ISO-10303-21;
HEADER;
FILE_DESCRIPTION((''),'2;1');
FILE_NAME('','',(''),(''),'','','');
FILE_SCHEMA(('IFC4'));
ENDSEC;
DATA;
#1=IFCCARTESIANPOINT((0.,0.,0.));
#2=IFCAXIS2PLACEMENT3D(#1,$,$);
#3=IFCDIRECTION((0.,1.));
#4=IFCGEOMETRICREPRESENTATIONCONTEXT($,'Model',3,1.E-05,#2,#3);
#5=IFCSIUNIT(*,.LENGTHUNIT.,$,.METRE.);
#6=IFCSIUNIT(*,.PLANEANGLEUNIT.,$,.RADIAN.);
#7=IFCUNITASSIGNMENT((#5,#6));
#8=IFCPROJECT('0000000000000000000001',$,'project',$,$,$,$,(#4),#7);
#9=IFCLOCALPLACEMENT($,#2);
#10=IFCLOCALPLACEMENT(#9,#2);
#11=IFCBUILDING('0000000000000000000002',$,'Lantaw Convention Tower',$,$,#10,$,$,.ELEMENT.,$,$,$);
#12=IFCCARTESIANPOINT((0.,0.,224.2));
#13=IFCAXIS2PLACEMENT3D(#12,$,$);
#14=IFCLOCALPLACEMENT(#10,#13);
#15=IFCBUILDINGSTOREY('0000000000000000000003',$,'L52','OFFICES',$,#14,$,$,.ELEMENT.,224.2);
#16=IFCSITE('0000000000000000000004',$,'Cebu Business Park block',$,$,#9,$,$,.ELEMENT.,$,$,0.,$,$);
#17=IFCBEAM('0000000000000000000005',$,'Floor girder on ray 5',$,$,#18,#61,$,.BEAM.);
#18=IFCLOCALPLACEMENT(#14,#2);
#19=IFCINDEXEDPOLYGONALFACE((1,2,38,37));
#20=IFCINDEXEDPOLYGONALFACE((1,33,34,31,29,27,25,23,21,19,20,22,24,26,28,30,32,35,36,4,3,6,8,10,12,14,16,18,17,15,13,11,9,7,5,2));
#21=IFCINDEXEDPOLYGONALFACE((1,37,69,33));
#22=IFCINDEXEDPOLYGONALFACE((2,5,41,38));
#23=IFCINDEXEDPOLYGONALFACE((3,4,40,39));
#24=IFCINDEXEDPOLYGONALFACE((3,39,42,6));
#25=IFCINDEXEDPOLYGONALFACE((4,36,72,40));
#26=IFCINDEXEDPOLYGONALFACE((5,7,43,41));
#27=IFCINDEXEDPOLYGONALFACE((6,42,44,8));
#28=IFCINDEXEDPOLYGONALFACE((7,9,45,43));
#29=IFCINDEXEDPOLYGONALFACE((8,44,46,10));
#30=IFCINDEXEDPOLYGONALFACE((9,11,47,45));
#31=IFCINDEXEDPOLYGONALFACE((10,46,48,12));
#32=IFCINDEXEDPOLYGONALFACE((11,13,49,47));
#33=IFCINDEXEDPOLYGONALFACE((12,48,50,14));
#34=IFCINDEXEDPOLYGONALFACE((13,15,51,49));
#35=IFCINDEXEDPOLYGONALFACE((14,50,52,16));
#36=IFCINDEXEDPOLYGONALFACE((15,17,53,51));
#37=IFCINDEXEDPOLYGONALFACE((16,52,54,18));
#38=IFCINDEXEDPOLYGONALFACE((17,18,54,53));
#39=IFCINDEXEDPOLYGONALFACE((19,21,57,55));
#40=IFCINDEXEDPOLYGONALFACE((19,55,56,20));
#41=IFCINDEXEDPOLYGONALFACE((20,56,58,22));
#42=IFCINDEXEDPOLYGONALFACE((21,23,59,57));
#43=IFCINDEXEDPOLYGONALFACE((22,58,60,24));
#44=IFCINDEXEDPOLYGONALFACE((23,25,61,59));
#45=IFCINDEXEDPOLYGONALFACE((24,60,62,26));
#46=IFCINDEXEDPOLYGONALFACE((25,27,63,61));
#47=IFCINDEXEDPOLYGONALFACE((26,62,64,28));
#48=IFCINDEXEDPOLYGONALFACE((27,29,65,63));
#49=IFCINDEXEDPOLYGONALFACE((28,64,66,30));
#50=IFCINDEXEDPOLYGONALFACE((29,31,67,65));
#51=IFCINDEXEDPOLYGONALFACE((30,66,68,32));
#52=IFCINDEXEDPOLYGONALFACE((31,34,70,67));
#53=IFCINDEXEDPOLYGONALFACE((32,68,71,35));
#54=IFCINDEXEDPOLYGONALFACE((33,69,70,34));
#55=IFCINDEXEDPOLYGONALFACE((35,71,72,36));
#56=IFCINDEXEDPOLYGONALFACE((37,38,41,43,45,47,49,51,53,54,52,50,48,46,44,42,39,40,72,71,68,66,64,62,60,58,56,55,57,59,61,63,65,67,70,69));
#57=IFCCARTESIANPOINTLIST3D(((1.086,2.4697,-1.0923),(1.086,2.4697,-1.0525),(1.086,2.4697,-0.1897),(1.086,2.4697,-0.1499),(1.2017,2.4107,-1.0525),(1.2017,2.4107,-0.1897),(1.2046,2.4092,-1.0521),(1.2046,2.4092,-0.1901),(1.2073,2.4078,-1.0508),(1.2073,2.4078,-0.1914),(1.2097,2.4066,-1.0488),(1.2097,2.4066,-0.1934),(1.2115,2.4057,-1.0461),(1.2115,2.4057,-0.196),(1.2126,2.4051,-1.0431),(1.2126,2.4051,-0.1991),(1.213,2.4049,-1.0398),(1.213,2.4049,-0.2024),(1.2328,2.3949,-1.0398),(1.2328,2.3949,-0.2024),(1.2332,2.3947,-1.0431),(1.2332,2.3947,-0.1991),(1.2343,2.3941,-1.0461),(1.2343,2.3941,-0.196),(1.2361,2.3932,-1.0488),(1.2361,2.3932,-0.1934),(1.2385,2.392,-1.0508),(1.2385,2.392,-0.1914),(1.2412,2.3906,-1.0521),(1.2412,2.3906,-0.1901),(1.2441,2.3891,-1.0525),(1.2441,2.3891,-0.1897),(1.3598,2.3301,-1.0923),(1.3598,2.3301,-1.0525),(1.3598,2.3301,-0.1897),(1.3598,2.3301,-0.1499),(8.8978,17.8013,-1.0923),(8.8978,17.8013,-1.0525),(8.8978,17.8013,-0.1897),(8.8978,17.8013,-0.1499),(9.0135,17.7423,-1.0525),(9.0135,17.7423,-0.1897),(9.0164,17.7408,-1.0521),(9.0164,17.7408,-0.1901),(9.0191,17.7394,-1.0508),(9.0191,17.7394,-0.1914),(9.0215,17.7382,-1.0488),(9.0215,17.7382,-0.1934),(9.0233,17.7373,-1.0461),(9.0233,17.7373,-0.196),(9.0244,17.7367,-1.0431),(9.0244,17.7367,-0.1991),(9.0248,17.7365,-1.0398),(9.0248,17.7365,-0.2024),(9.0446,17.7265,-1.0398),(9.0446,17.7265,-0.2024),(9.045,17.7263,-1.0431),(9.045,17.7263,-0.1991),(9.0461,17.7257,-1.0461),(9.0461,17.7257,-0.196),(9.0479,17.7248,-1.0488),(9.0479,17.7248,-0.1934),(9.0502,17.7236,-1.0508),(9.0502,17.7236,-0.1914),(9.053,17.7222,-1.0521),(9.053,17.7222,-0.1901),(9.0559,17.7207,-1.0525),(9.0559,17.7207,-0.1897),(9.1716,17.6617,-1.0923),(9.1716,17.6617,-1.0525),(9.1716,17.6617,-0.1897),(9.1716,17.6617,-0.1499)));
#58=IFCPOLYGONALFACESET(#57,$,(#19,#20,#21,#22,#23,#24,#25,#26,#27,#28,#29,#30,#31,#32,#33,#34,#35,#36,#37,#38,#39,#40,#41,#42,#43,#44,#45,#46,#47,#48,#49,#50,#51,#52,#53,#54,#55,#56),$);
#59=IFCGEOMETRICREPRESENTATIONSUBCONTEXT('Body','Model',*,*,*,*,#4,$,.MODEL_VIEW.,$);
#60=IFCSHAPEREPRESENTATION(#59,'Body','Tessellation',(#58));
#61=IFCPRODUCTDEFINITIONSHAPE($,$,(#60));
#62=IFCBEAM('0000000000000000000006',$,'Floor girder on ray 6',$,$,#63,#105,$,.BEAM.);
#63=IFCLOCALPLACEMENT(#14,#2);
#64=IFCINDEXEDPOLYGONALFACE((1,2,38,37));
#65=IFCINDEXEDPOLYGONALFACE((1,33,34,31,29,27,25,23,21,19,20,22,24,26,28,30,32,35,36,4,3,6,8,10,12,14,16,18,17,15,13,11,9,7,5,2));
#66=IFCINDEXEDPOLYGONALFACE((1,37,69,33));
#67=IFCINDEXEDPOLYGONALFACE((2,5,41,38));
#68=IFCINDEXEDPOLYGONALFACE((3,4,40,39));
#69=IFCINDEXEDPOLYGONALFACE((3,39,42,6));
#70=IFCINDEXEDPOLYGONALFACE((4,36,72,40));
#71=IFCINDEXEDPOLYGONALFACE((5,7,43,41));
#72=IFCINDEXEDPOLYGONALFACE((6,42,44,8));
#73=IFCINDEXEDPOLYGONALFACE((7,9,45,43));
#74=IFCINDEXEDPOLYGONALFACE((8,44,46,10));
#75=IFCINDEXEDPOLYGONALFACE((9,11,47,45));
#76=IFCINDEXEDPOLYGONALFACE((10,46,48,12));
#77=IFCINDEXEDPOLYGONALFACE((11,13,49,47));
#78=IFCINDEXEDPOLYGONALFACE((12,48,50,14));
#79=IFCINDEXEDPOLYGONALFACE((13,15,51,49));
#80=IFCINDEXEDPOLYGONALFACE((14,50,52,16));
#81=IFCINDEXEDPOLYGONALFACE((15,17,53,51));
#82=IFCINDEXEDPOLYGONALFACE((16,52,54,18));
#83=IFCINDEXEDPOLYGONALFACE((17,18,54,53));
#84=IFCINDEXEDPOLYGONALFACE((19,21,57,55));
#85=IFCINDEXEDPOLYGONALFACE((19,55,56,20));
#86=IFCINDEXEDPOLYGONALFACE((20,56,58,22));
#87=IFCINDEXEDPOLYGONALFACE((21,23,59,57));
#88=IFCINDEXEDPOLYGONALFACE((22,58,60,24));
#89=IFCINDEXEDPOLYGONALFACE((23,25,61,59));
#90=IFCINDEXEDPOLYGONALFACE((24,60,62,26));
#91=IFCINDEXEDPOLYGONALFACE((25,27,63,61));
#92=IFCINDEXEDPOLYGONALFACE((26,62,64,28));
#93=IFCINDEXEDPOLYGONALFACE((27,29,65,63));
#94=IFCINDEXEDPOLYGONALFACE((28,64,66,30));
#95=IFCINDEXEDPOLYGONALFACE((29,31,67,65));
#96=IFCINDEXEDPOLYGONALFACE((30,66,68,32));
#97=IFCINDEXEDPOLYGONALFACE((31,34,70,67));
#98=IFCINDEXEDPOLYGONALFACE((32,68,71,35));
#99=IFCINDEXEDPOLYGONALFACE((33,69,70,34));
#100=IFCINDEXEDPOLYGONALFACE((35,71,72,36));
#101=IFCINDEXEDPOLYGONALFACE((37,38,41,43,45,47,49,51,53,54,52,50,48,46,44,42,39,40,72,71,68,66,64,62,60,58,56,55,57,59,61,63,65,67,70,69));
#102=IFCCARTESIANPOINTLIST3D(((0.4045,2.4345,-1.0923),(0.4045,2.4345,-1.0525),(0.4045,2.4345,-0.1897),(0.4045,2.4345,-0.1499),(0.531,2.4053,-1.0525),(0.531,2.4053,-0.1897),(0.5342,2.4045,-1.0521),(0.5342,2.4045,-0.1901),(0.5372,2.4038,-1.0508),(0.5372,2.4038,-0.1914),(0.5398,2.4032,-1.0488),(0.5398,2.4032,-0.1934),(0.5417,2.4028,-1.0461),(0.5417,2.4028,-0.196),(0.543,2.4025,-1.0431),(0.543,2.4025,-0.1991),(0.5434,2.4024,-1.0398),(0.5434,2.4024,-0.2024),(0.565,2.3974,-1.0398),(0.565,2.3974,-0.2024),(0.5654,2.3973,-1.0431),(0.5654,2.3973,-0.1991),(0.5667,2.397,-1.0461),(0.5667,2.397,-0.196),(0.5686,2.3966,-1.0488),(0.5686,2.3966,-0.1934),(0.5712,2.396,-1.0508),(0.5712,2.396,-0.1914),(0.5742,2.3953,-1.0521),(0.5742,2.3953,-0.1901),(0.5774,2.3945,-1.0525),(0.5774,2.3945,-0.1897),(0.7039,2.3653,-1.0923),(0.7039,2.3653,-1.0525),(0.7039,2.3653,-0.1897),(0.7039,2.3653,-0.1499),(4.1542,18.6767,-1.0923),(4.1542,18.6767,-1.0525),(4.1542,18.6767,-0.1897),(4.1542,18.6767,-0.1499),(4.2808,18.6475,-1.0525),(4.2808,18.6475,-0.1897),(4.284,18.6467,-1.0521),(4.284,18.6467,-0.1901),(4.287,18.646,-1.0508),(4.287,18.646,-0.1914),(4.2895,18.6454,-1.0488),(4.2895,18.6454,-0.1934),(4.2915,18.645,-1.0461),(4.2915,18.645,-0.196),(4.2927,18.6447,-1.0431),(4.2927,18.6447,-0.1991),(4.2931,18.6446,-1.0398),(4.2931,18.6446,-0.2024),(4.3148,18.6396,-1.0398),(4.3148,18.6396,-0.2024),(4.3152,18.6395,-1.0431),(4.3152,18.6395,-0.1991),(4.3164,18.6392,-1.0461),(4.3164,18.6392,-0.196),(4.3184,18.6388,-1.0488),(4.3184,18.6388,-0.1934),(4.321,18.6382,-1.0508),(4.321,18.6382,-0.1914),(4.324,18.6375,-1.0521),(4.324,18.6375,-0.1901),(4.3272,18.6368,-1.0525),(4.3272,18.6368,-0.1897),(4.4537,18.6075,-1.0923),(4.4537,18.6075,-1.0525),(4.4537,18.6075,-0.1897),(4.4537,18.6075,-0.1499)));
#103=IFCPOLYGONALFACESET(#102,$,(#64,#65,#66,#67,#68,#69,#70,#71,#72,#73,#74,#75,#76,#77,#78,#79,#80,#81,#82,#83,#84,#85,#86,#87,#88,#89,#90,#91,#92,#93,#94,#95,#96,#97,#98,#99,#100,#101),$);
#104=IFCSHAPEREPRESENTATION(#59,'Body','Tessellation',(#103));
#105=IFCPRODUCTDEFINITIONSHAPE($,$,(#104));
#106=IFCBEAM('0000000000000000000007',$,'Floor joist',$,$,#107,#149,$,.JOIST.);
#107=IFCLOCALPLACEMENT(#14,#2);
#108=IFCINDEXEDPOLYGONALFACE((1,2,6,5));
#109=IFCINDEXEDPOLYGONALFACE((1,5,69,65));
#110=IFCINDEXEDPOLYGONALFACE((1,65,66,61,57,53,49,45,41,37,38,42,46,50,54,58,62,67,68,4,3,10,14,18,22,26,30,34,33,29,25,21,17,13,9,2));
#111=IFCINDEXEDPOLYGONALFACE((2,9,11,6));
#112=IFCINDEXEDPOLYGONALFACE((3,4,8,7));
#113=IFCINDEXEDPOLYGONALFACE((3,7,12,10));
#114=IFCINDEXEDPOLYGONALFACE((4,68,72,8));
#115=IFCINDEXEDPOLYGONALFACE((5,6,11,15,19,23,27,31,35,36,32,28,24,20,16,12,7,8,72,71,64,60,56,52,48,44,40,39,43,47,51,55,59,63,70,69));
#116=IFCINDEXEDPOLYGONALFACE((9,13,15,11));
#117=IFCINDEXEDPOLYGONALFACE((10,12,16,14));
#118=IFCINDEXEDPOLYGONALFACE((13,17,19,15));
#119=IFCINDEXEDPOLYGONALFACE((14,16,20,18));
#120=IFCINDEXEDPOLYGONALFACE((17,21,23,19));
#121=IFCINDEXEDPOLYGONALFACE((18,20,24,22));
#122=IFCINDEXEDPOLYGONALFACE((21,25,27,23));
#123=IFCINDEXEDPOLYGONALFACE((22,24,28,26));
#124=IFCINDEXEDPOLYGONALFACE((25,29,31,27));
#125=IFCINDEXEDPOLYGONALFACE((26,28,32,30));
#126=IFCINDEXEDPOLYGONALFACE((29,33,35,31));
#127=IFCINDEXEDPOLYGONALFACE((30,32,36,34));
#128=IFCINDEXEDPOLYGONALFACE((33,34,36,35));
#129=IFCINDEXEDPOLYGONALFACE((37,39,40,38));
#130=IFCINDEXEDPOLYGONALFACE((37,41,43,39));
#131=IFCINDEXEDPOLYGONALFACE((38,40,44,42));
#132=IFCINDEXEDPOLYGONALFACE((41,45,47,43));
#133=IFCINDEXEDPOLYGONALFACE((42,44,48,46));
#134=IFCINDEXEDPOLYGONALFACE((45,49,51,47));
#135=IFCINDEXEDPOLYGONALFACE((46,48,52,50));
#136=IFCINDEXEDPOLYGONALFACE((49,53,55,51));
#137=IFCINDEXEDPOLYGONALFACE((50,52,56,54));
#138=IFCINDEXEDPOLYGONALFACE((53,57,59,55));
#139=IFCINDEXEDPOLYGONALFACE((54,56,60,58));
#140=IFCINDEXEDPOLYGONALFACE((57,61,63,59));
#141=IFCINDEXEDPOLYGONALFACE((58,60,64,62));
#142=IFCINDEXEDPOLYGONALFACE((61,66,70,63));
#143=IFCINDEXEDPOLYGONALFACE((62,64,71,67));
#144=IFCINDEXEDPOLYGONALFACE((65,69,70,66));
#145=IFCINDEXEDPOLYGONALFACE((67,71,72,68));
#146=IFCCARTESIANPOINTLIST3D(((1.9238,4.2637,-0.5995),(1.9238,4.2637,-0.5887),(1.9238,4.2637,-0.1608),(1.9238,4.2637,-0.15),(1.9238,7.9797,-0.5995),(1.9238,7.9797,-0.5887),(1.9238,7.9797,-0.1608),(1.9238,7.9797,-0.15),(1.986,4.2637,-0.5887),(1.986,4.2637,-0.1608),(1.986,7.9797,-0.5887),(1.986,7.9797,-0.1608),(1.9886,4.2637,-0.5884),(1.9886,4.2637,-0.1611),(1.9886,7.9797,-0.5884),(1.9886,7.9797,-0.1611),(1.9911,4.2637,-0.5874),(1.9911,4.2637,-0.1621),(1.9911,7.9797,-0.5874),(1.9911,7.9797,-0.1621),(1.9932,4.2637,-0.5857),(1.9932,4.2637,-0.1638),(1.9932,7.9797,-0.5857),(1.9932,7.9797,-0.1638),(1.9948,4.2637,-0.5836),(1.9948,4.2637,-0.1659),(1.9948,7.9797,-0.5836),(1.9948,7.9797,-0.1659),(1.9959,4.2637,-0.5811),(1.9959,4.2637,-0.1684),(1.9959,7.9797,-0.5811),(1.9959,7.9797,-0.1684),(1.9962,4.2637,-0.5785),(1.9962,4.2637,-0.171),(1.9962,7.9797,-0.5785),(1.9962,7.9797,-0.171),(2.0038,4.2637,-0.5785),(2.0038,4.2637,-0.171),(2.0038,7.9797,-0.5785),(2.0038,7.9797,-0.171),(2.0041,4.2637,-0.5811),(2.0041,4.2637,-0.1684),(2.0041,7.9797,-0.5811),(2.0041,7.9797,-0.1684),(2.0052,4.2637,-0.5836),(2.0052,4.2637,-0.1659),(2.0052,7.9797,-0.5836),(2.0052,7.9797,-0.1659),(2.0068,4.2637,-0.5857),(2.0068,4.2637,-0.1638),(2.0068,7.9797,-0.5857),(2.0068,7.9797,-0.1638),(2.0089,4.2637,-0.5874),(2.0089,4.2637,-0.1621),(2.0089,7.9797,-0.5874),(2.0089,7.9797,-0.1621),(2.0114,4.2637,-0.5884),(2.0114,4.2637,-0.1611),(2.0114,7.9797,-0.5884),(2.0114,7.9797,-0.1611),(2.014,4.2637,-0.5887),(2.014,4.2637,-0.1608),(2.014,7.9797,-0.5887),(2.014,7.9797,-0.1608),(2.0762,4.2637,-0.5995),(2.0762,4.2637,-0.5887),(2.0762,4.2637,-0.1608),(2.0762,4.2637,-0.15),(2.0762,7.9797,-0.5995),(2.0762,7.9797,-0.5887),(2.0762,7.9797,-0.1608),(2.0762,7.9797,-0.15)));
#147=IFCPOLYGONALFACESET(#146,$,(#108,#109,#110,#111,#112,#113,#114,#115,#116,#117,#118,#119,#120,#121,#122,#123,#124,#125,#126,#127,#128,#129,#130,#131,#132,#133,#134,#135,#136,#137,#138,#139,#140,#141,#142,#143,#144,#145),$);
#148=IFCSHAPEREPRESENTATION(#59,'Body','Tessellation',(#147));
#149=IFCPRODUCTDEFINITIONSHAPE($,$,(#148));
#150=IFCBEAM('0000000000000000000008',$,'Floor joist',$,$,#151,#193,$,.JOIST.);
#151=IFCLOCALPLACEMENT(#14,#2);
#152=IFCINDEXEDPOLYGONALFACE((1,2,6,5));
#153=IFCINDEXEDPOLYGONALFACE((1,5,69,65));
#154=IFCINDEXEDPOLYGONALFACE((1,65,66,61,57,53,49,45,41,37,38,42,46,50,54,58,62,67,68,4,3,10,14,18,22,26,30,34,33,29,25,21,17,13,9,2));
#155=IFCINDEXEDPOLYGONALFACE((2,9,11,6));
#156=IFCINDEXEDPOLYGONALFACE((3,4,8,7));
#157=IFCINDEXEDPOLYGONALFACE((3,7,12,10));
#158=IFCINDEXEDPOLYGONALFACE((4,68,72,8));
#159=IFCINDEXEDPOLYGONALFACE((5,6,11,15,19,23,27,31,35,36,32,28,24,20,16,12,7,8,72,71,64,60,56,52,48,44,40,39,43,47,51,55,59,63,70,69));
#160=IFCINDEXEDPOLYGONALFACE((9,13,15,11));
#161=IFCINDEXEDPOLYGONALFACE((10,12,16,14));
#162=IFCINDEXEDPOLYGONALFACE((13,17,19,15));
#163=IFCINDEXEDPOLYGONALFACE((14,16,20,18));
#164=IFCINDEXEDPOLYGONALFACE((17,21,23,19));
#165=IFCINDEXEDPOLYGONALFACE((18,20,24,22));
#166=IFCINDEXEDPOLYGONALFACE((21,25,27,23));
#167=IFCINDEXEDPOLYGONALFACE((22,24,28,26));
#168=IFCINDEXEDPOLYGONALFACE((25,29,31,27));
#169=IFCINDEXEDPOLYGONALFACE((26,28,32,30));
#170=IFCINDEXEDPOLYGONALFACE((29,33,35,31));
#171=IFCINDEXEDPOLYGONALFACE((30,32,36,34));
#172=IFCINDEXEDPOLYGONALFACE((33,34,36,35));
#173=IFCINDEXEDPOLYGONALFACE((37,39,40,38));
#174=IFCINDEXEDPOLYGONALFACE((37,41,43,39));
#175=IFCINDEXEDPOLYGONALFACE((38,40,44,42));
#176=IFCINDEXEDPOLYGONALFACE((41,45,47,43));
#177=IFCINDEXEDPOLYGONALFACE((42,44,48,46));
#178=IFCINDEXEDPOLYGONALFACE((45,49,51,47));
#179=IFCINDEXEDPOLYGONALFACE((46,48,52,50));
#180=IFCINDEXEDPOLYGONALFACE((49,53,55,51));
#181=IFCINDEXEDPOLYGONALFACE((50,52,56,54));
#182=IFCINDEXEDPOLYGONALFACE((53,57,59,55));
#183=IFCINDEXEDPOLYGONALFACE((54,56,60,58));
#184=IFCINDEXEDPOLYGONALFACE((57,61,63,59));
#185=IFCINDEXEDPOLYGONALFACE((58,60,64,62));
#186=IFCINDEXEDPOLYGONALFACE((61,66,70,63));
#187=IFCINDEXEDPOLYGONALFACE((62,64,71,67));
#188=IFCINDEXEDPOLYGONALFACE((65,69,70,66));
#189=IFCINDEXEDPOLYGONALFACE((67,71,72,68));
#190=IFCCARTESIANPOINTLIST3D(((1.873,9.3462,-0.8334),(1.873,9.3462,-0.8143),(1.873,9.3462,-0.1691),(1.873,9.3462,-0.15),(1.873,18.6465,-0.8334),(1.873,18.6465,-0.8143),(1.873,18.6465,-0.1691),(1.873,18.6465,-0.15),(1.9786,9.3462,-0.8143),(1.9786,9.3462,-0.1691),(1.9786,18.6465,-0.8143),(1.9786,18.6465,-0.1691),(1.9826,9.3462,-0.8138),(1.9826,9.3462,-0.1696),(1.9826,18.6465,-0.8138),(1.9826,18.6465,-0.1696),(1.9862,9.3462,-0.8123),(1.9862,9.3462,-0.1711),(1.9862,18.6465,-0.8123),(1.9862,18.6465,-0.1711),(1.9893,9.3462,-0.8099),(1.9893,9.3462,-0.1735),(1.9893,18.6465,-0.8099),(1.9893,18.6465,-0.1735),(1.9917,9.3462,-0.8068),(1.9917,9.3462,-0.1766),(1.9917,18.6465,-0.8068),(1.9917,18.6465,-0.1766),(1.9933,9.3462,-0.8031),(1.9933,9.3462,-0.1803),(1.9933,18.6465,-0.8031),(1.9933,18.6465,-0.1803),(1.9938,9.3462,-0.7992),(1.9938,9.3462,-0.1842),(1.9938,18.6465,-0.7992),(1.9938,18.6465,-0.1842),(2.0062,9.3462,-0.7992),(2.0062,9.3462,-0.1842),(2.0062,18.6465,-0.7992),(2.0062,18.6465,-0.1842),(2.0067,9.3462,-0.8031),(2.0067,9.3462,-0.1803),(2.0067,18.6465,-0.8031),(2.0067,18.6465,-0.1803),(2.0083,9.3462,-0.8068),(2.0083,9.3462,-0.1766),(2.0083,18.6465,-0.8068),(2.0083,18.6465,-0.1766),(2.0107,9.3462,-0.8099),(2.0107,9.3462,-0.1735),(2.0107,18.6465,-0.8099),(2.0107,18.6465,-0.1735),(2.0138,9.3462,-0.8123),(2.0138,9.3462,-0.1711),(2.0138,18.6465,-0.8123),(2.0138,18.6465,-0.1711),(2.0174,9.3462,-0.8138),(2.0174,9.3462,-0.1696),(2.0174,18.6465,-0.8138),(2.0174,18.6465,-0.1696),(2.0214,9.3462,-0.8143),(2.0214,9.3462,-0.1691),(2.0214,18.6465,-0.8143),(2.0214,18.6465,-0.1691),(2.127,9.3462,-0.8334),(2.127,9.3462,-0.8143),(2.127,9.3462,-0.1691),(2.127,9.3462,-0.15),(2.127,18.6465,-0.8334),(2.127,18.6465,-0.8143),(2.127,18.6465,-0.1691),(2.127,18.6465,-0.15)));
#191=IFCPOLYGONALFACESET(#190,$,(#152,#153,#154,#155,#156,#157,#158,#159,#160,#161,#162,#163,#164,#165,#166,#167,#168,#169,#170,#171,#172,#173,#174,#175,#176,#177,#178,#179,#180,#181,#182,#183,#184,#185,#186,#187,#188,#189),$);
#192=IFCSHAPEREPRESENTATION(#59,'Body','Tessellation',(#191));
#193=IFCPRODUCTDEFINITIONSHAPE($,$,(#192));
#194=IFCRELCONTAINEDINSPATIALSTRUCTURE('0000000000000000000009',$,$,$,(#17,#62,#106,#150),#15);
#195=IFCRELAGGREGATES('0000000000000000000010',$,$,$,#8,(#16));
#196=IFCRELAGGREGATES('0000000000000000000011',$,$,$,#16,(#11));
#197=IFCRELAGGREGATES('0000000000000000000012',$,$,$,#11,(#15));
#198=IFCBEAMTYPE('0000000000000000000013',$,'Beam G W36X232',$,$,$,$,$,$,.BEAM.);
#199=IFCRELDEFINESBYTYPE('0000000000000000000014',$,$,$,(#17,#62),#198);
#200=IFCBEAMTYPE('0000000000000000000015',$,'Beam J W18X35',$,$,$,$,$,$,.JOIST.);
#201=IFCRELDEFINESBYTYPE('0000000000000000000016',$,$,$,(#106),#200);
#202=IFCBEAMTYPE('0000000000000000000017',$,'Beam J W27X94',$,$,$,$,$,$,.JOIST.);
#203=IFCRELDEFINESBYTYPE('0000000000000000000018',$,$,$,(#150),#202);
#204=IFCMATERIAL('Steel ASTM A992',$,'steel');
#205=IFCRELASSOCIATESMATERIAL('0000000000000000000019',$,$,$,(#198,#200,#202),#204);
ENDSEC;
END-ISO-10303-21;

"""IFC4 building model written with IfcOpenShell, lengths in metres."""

from ifc_helpers import new_model, si_unit, direction, frame, origin, origin_2d, place, context, subcontext, project, spatial, i_section, extrude, material, material_profile, profile_set, type_object, element, save


model = new_model("IFC4")

# Units and contexts
model_context = context("Model", 3, precision=1e-05, world=origin(), true_north=direction((0.0, 1.0)))
body_context = subcontext(model_context, "Body", "Model", "MODEL_VIEW")
ifc_project = project(units=[si_unit("LENGTHUNIT", "METRE"), si_unit("PLANEANGLEUNIT", "RADIAN")], contexts=[model_context])

# Site, building, storey
site_placement = place(None, origin())
site = spatial("IfcSite", under=ifc_project, at=site_placement, Name="Cebu Business Park block", CompositionType="ELEMENT", RefElevation=0.0)
building_placement = place(site_placement, origin())
building = spatial("IfcBuilding", under=site, at=building_placement, Name="Lantaw Convention Tower", CompositionType="ELEMENT")
storey_placement = place(building_placement, frame((0.0, 0.0, 224.2)))
storey = spatial("IfcBuildingStorey", under=building, at=storey_placement, Name="L52", Description="OFFICES", CompositionType="ELEMENT", Elevation=224.2)

# Beams
ifc_material_1 = material(Name="Steel ASTM A992", Category="steel")
ifc_material_profile_1 = material_profile(ifc_material_1, i_section(OverallWidth=0.3074, OverallDepth=0.9424, WebThickness=0.0222, FlangeThickness=0.0398, FilletRadius=0.0127, at=origin_2d()), Name="W36X232")
ifc_profile_set_1 = profile_set([ifc_material_profile_1], Name="Steel ASTM A992")
beam_type_1 = type_object("IfcBeamType", Name="Beam G W36X232", PredefinedType="BEAM", material=ifc_profile_set_1)
beam_1_placement = place(storey_placement, frame((1.2229, 2.3999, -0.6211), z_axis=(0.453988, 0.891008, 0.0), x_axis=(-0.891008, 0.453988, 0.0)))
element("IfcBeam", 1, at=beam_1_placement, inside=storey, type_object=beam_type_1, Name="Floor girder on ray 5", PredefinedType="BEAM", context=body_context, shape_type="SweptSolid", body=[
    extrude(i_section(OverallWidth=0.3074, OverallDepth=0.9424, WebThickness=0.0222, FlangeThickness=0.0398, FilletRadius=0.0127, at=origin_2d()), origin(), (0.0, 0.0, 1.0), 17.207),
])
beam_2_placement = place(storey_placement, frame((0.5542, 2.3999, -0.6211), z_axis=(0.224948, 0.974371, 0.0), x_axis=(-0.974371, 0.224948, 0.0)))
element("IfcBeam", 2, at=beam_2_placement, inside=storey, type_object=beam_type_1, Name="Floor girder on ray 6", PredefinedType="BEAM", context=body_context, shape_type="SweptSolid", body=[
    extrude(i_section(OverallWidth=0.3074, OverallDepth=0.9424, WebThickness=0.0222, FlangeThickness=0.0398, FilletRadius=0.0127, at=origin_2d()), origin(), (0.0, 0.0, 1.0), 16.6694),
])
ifc_material_profile_2 = material_profile(ifc_material_1, i_section(OverallWidth=0.1523, OverallDepth=0.4495, WebThickness=0.0076, FlangeThickness=0.0107, FilletRadius=0.0103, at=origin_2d()), Name="W18X35")
ifc_profile_set_2 = profile_set([ifc_material_profile_2], Name="Steel ASTM A992")
beam_type_2 = type_object("IfcBeamType", Name="Beam J W18X35", PredefinedType="JOIST", material=ifc_profile_set_2)
beam_3_placement = place(storey_placement, frame((2.0, 4.2637, -0.3748), z_axis=(0.0, 1.0, 0.0), x_axis=(-1.0, 0.0, 0.0)))
element("IfcBeam", 3, at=beam_3_placement, inside=storey, type_object=beam_type_2, Name="Floor joist", PredefinedType="JOIST", context=body_context, shape_type="SweptSolid", body=[
    extrude(i_section(OverallWidth=0.1523, OverallDepth=0.4495, WebThickness=0.0076, FlangeThickness=0.0107, FilletRadius=0.0103, at=origin_2d()), origin(), (0.0, 0.0, 1.0), 3.7161),
])
ifc_material_profile_3 = material_profile(ifc_material_1, i_section(OverallWidth=0.2539, OverallDepth=0.6833, WebThickness=0.0125, FlangeThickness=0.019, FilletRadius=0.0151, at=origin_2d()), Name="W27X94")
ifc_profile_set_3 = profile_set([ifc_material_profile_3], Name="Steel ASTM A992")
beam_type_3 = type_object("IfcBeamType", Name="Beam J W27X94", PredefinedType="JOIST", material=ifc_profile_set_3)
beam_4_placement = place(storey_placement, frame((2.0, 9.3462, -0.4917), z_axis=(0.0, 1.0, 0.0), x_axis=(-1.0, 0.0, 0.0)))
element("IfcBeam", 4, at=beam_4_placement, inside=storey, type_object=beam_type_3, Name="Floor joist", PredefinedType="JOIST", context=body_context, shape_type="SweptSolid", body=[
    extrude(i_section(OverallWidth=0.2539, OverallDepth=0.6833, WebThickness=0.0125, FlangeThickness=0.019, FilletRadius=0.0151, at=origin_2d()), origin(), (0.0, 0.0, 1.0), 9.3003),
])

save(model, "model.ifc")
